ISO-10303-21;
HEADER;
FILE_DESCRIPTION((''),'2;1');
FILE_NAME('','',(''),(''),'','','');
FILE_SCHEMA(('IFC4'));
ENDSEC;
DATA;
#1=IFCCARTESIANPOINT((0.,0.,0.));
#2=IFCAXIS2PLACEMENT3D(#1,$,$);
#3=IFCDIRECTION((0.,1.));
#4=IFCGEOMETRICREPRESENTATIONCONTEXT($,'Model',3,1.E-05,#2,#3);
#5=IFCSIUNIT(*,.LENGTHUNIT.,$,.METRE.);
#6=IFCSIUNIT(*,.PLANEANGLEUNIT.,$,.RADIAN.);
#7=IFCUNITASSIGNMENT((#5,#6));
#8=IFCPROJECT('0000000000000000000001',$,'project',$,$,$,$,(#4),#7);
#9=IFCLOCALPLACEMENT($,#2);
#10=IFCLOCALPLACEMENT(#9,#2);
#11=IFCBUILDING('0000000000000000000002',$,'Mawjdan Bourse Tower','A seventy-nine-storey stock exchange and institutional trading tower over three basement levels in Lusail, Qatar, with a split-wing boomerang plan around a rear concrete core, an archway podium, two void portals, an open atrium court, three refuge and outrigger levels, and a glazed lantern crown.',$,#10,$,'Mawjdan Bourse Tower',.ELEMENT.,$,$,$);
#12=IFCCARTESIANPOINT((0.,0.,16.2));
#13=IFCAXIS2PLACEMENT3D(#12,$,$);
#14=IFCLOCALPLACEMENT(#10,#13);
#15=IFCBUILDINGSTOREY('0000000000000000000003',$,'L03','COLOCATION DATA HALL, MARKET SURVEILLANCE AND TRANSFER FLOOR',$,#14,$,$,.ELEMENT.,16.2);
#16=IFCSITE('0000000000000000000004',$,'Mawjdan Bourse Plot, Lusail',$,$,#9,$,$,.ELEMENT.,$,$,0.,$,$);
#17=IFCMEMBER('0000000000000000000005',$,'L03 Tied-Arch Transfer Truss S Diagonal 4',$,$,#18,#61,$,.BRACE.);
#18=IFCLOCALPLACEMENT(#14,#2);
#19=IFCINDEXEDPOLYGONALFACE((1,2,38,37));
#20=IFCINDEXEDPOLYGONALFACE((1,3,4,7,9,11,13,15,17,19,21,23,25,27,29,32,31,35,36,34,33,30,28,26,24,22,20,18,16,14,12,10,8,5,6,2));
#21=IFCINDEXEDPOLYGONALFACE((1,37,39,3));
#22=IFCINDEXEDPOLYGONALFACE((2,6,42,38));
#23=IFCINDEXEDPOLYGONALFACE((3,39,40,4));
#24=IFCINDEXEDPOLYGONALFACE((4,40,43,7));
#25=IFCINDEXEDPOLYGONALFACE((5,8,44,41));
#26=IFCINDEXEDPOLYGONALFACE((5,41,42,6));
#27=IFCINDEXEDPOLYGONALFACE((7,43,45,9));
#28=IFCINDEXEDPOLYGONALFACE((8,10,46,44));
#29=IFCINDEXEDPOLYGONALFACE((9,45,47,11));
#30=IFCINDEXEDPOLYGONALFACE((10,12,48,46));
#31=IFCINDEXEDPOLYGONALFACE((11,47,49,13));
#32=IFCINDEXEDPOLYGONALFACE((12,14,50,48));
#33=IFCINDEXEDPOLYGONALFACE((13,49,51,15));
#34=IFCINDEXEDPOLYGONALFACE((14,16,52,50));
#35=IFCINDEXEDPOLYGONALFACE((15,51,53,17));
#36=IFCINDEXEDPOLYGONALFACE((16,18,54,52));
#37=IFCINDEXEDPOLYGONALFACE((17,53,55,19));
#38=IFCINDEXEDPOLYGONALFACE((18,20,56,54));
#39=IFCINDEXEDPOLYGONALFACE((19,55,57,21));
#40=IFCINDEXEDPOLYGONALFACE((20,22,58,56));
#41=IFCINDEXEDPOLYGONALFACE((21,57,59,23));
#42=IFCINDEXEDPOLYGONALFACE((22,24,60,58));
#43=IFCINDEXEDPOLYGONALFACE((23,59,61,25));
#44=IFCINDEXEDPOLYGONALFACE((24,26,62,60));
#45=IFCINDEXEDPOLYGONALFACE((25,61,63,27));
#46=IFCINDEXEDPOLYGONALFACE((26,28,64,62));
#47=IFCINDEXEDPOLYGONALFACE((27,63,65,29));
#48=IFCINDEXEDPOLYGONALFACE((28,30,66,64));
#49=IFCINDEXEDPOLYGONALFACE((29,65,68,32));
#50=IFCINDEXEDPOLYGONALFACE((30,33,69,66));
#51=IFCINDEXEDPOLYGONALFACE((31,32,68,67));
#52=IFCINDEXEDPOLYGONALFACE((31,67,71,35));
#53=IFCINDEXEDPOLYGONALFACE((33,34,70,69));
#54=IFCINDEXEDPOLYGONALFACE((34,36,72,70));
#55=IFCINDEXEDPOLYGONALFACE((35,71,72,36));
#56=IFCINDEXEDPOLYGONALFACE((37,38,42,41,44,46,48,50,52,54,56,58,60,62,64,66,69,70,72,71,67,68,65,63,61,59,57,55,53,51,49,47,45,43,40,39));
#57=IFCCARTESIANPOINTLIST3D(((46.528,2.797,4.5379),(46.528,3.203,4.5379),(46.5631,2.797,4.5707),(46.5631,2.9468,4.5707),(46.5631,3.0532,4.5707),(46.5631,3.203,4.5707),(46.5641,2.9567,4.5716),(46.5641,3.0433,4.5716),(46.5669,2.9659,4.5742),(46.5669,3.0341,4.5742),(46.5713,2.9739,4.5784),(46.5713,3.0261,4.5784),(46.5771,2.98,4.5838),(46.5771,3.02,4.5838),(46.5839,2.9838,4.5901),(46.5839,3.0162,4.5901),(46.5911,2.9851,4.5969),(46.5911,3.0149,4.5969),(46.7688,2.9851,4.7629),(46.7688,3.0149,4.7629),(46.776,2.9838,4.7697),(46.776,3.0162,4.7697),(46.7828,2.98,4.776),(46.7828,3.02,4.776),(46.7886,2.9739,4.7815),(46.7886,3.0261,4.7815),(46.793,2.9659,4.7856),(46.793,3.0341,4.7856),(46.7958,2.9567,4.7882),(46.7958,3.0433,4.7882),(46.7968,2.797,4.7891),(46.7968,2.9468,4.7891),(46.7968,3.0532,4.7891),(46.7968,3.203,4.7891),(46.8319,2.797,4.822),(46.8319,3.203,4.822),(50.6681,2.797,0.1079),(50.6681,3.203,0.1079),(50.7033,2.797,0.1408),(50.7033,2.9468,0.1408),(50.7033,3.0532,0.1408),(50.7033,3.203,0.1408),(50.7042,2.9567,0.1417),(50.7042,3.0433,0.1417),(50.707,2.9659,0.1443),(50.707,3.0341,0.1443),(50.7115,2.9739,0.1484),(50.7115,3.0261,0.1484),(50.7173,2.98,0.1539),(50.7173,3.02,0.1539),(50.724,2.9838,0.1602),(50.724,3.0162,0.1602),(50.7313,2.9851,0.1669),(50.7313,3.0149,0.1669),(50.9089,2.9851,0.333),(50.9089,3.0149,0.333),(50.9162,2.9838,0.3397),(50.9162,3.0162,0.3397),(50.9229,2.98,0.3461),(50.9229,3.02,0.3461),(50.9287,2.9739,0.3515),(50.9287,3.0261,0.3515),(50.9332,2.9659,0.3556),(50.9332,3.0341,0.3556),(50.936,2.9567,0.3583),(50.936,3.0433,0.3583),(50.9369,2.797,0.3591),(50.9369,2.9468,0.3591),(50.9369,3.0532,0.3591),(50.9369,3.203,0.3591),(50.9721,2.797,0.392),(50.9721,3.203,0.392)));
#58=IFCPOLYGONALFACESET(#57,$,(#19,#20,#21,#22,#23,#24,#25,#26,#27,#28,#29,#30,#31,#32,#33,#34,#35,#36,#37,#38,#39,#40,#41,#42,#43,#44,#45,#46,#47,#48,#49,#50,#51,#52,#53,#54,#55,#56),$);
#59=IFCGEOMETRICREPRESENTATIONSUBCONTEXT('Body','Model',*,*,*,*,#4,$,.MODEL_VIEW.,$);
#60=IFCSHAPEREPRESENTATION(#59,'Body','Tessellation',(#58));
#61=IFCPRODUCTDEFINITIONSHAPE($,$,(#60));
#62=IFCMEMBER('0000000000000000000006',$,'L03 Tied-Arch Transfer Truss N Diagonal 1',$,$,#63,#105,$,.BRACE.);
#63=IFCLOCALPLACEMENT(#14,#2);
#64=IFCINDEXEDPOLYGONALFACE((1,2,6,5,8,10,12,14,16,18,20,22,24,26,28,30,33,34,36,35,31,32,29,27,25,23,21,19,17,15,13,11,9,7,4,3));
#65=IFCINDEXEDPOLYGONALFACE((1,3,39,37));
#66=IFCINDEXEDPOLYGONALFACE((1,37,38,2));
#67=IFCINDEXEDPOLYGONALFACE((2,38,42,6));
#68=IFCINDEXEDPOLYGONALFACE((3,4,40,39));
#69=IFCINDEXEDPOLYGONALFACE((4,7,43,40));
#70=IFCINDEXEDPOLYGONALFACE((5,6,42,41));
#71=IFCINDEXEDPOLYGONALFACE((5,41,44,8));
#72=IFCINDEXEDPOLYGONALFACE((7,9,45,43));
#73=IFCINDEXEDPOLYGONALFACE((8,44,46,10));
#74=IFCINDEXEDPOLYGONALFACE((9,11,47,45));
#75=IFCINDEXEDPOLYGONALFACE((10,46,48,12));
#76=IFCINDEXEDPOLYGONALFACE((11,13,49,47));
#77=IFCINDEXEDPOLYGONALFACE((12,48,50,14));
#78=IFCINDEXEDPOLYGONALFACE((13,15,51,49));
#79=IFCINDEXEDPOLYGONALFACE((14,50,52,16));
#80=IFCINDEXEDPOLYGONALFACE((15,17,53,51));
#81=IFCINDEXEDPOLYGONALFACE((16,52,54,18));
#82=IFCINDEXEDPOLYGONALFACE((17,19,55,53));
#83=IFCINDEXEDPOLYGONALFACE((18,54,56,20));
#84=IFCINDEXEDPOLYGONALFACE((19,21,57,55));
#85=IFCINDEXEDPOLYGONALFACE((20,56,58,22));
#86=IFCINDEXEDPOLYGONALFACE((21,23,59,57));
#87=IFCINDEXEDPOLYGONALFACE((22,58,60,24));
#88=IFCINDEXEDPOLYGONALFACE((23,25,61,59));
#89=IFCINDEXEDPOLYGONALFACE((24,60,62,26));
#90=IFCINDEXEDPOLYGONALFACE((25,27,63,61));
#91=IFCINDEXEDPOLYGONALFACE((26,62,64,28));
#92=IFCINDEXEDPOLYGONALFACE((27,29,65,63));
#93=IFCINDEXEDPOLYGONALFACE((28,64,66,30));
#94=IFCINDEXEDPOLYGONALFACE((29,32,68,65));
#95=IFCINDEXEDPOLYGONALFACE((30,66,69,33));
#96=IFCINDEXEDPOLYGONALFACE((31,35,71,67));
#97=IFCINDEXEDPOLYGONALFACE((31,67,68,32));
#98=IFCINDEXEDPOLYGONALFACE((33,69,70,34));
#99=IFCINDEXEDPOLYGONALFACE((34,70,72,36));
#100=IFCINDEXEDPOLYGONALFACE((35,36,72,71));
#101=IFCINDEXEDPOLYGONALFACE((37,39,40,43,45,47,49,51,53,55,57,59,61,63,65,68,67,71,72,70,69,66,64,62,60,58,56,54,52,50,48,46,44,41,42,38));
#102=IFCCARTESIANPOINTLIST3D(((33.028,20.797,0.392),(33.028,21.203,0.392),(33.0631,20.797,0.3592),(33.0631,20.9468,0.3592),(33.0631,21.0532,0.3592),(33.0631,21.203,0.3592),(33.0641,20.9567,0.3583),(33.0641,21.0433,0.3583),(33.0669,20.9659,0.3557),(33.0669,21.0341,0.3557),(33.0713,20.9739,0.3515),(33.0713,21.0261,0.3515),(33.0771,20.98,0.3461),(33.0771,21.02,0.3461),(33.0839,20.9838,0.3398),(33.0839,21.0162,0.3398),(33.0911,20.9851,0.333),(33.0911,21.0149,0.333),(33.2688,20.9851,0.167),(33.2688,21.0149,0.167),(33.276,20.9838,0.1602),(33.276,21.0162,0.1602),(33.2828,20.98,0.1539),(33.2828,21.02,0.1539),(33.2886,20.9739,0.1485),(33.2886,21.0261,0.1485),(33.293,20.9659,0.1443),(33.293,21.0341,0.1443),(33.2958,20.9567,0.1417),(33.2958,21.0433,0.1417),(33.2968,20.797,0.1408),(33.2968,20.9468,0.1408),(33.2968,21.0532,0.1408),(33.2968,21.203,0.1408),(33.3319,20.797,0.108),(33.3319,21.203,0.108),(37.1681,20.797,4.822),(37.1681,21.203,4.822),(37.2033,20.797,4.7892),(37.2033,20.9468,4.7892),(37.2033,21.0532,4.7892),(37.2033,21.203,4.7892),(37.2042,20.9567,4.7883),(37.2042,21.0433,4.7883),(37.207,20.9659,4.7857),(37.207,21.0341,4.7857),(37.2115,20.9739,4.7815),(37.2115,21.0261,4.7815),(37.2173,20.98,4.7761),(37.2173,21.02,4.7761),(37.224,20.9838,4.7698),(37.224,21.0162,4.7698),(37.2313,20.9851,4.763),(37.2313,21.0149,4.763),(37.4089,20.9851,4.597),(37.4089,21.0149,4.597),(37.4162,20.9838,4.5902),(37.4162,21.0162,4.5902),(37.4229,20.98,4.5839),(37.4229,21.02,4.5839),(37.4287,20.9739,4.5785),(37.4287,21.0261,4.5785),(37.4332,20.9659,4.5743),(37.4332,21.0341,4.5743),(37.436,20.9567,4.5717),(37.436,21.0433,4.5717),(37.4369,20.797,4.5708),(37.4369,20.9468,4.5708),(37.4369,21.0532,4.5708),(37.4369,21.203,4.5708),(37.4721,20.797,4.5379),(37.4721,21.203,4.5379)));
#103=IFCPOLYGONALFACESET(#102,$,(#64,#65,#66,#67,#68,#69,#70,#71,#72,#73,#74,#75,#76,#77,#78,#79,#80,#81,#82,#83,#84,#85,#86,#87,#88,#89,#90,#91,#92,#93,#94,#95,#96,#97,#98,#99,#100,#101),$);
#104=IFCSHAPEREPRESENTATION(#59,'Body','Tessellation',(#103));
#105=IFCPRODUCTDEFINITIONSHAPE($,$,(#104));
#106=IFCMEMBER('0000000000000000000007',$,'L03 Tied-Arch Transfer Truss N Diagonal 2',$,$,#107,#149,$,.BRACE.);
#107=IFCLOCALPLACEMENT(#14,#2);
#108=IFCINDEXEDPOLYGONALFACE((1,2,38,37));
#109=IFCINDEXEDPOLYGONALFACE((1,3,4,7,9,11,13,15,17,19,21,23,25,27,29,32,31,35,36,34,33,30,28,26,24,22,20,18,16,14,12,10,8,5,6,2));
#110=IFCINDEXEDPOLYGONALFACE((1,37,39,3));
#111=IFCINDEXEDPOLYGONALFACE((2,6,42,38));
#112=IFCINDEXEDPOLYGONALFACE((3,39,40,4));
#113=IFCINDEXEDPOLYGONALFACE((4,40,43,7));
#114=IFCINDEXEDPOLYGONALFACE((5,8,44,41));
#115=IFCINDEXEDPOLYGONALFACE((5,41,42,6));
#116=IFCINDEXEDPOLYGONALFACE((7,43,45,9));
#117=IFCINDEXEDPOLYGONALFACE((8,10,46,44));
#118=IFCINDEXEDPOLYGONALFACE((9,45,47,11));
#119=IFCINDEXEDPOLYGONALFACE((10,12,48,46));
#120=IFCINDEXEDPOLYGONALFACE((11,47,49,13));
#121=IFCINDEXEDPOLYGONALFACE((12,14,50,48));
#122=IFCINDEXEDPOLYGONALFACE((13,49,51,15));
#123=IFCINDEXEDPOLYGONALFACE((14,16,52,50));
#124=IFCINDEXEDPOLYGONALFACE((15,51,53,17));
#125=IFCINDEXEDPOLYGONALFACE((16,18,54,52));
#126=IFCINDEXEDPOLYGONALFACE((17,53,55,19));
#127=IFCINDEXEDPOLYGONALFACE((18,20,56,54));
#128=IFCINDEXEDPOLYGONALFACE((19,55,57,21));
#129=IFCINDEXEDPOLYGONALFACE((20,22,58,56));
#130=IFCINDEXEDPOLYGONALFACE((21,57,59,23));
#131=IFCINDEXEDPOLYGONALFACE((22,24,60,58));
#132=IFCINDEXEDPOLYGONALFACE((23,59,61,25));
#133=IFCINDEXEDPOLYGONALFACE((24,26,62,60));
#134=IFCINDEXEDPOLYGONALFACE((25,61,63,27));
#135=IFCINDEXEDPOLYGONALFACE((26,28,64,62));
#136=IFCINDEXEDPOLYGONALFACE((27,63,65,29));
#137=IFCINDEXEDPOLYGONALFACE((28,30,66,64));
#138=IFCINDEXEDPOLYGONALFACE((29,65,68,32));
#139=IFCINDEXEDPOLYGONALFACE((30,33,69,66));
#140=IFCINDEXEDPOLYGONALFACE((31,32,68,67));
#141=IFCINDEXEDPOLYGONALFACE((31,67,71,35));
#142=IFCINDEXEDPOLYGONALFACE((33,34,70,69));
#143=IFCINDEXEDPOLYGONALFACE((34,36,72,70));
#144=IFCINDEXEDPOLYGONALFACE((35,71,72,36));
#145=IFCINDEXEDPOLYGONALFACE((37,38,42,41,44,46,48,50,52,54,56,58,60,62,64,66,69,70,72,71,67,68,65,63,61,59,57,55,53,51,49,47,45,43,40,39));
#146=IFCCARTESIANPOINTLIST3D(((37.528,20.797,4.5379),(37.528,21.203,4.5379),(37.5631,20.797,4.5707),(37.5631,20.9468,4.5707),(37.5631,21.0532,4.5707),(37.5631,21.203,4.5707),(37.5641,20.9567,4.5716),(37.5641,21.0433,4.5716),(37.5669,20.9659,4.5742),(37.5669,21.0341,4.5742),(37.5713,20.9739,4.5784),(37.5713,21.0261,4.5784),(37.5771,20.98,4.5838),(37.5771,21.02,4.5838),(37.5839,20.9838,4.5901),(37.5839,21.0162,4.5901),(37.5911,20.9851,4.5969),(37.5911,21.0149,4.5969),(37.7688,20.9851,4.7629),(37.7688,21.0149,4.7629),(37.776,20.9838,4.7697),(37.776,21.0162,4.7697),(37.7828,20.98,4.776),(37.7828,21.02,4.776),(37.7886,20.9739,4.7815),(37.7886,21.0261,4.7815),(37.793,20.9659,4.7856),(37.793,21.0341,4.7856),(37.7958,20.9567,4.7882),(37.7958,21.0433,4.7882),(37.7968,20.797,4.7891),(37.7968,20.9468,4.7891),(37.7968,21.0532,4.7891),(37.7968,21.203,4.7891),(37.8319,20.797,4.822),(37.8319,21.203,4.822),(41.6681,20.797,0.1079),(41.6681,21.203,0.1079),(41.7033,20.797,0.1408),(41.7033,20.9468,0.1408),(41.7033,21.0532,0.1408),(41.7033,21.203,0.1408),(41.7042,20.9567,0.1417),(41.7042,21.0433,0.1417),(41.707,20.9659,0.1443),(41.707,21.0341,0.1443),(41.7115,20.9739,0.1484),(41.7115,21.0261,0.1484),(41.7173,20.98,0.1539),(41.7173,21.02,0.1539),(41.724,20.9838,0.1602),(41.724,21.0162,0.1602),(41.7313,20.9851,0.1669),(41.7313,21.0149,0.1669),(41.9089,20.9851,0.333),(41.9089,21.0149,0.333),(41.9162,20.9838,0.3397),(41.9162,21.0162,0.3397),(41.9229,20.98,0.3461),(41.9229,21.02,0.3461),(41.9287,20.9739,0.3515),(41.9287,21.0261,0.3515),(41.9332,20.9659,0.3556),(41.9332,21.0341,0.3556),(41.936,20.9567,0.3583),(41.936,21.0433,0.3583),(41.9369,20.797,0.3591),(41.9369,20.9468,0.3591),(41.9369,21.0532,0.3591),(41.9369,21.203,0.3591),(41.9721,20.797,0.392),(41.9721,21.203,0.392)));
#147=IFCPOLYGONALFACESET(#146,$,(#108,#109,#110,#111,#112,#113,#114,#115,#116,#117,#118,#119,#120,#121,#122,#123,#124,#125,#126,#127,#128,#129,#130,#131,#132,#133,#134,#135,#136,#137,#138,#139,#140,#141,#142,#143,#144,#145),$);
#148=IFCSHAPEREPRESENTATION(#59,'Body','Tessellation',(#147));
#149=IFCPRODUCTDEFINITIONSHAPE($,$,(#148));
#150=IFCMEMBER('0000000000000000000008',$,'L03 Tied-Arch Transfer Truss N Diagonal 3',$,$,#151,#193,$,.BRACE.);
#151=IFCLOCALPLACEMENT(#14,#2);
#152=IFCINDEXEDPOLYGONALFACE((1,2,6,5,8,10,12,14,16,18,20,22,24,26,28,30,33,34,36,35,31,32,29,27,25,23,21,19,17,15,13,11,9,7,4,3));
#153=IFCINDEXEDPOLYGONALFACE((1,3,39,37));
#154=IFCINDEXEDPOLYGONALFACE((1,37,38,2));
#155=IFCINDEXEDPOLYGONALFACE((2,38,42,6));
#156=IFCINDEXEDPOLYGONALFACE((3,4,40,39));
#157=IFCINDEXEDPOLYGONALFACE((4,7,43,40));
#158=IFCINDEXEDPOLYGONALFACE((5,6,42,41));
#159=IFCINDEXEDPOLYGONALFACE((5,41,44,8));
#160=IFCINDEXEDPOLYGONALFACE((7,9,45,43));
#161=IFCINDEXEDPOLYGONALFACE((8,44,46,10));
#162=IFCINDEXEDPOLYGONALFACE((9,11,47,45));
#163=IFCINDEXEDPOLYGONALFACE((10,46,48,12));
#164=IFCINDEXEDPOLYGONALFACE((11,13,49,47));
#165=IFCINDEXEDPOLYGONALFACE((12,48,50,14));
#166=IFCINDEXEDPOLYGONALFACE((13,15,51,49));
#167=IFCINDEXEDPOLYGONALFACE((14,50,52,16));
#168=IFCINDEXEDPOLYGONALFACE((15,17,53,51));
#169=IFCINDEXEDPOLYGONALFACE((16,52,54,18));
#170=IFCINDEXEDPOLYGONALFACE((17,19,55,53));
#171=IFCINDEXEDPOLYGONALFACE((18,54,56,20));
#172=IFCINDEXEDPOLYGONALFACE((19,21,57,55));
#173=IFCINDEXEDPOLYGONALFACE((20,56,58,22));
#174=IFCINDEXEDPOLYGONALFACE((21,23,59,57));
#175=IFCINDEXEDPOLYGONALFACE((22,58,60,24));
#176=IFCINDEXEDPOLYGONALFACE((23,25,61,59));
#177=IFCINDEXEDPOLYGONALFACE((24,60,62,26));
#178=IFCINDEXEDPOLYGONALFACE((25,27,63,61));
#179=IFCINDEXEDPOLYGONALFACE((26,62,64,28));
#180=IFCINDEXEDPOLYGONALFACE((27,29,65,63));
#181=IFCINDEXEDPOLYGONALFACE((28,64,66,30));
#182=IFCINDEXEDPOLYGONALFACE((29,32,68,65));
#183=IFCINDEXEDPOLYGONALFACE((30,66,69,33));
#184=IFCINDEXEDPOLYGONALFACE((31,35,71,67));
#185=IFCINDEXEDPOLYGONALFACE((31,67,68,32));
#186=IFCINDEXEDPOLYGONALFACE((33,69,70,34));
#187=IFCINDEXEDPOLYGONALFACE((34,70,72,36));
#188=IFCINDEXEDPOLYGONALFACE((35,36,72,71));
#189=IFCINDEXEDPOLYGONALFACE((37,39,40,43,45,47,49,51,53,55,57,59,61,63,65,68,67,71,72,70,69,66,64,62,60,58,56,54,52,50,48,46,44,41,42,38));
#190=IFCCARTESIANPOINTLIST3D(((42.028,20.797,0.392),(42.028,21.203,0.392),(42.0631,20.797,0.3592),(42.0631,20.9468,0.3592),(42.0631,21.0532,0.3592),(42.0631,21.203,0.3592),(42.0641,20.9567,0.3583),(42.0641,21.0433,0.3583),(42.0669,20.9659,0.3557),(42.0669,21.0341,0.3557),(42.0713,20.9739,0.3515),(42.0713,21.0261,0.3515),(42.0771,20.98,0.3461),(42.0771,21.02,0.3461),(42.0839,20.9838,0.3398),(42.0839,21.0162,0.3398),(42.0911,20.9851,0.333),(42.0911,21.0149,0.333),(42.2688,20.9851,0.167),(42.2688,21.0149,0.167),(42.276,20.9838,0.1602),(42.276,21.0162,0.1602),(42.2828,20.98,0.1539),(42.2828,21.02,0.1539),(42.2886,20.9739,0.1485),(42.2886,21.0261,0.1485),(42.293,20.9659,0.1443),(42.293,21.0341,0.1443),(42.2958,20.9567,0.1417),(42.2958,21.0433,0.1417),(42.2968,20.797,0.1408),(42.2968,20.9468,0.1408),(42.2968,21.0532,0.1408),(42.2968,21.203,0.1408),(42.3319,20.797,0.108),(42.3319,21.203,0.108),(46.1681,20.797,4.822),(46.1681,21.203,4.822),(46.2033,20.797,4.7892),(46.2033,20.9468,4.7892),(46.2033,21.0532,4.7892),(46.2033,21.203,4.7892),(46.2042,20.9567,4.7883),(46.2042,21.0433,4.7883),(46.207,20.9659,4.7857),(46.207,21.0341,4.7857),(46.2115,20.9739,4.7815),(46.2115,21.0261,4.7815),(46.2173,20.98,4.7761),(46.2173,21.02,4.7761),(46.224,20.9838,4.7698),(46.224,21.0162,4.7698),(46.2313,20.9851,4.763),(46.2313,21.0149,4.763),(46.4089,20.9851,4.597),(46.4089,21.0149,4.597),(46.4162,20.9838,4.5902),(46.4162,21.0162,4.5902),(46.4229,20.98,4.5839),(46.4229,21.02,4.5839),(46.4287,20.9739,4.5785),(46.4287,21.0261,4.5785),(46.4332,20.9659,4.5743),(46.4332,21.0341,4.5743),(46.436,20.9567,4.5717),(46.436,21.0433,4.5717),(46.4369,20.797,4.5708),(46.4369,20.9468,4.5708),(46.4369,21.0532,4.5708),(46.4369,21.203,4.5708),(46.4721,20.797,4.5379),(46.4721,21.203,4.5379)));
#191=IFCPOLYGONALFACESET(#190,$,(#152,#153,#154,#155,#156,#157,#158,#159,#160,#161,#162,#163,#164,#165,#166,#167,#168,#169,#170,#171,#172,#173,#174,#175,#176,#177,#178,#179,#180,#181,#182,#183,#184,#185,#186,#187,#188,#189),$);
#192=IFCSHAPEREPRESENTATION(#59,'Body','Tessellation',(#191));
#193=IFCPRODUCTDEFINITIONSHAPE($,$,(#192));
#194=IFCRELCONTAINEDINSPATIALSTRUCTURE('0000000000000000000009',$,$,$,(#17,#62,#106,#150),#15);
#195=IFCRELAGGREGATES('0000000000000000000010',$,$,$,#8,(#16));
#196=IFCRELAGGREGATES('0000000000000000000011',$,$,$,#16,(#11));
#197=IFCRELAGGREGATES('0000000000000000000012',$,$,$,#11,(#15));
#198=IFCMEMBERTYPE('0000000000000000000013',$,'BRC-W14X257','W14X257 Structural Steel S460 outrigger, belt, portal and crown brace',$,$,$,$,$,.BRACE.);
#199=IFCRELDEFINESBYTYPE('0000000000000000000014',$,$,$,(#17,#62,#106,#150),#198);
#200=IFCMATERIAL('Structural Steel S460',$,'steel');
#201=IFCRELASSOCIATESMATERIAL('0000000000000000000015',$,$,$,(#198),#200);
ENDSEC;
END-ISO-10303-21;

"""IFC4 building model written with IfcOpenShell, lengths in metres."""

from ifc_helpers import new_model, si_unit, direction, frame, origin, origin_2d, place, context, subcontext, project, spatial, i_section, extrude, material, material_profile, profile_set, type_object, element, save


model = new_model("IFC4")

# Units and contexts
model_context = context("Model", 3, precision=1e-05, world=origin(), true_north=direction((0.0, 1.0)))
body_context = subcontext(model_context, "Body", "Model", "MODEL_VIEW")
ifc_project = project(units=[si_unit("LENGTHUNIT", "METRE"), si_unit("PLANEANGLEUNIT", "RADIAN")], contexts=[model_context])

# Site, building, storey
site_placement = place(None, origin())
site = spatial("IfcSite", under=ifc_project, at=site_placement, Name="Mawjdan Bourse Plot, Lusail", CompositionType="ELEMENT", RefElevation=0.0)
building_placement = place(site_placement, origin())
building = spatial("IfcBuilding", under=site, at=building_placement, Name="Mawjdan Bourse Tower", Description="A seventy-nine-storey stock exchange and institutional trading tower over three basement levels in Lusail, Qatar, with a split-wing boomerang plan around a rear concrete core, an archway podium, two void portals, an open atrium court, three refuge and outrigger levels, and a glazed lantern crown.", LongName="Mawjdan Bourse Tower", CompositionType="ELEMENT")
storey_placement = place(building_placement, frame((0.0, 0.0, 16.2)))
storey = spatial("IfcBuildingStorey", under=building, at=storey_placement, Name="L03", Description="COLOCATION DATA HALL, MARKET SURVEILLANCE AND TRANSFER FLOOR", CompositionType="ELEMENT", Elevation=16.2)

# Members
ifc_material_1 = material(Name="Structural Steel S460", Category="steel")
ifc_material_profile_1 = material_profile(ifc_material_1, i_section(OverallWidth=0.406, OverallDepth=0.416, WebThickness=0.0298, FlangeThickness=0.0481, FilletRadius=0.0383, at=origin_2d()), Name="W14X257")
ifc_profile_set_1 = profile_set([ifc_material_profile_1], Name="Structural Steel S460")
member_type = type_object("IfcMemberType", Name="BRC-W14X257", Description="W14X257 Structural Steel S460 outrigger, belt, portal and crown brace", PredefinedType="BRACE", material=ifc_profile_set_1)
for number, where, z_axis, x_axis, name in (
    (1, (46.6799, 3.0, 4.6799), (0.682806, 0.0, -0.7306), (0.0, 1.0, 0.0), "L03 Tied-Arch Transfer Truss S Diagonal 4"),
    (2, (33.1799, 21.0, 0.25), (0.682806, 0.0, 0.7306), (0.0, 1.0, 0.0), "L03 Tied-Arch Transfer Truss N Diagonal 1"),
    (3, (37.6799, 21.0, 4.6799), (0.682806, 0.0, -0.7306), (0.0, 1.0, 0.0), "L03 Tied-Arch Transfer Truss N Diagonal 2"),
    (4, (42.1799, 21.0, 0.25), (0.682806, 0.0, 0.7306), (0.0, 1.0, 0.0), "L03 Tied-Arch Transfer Truss N Diagonal 3"),
):
    element("IfcMember", number, at=place(storey_placement, frame(where, z_axis=z_axis, x_axis=x_axis)), inside=storey, type_object=member_type, Name=name, PredefinedType="BRACE", context=body_context, shape_type="SweptSolid", body=[
        extrude(i_section(OverallWidth=0.406, OverallDepth=0.416, WebThickness=0.0298, FlangeThickness=0.0481, FilletRadius=0.0383, at=origin_2d()), origin(), (0.0, 0.0, 1.0), 6.0635),
    ])

save(model, "model.ifc")
